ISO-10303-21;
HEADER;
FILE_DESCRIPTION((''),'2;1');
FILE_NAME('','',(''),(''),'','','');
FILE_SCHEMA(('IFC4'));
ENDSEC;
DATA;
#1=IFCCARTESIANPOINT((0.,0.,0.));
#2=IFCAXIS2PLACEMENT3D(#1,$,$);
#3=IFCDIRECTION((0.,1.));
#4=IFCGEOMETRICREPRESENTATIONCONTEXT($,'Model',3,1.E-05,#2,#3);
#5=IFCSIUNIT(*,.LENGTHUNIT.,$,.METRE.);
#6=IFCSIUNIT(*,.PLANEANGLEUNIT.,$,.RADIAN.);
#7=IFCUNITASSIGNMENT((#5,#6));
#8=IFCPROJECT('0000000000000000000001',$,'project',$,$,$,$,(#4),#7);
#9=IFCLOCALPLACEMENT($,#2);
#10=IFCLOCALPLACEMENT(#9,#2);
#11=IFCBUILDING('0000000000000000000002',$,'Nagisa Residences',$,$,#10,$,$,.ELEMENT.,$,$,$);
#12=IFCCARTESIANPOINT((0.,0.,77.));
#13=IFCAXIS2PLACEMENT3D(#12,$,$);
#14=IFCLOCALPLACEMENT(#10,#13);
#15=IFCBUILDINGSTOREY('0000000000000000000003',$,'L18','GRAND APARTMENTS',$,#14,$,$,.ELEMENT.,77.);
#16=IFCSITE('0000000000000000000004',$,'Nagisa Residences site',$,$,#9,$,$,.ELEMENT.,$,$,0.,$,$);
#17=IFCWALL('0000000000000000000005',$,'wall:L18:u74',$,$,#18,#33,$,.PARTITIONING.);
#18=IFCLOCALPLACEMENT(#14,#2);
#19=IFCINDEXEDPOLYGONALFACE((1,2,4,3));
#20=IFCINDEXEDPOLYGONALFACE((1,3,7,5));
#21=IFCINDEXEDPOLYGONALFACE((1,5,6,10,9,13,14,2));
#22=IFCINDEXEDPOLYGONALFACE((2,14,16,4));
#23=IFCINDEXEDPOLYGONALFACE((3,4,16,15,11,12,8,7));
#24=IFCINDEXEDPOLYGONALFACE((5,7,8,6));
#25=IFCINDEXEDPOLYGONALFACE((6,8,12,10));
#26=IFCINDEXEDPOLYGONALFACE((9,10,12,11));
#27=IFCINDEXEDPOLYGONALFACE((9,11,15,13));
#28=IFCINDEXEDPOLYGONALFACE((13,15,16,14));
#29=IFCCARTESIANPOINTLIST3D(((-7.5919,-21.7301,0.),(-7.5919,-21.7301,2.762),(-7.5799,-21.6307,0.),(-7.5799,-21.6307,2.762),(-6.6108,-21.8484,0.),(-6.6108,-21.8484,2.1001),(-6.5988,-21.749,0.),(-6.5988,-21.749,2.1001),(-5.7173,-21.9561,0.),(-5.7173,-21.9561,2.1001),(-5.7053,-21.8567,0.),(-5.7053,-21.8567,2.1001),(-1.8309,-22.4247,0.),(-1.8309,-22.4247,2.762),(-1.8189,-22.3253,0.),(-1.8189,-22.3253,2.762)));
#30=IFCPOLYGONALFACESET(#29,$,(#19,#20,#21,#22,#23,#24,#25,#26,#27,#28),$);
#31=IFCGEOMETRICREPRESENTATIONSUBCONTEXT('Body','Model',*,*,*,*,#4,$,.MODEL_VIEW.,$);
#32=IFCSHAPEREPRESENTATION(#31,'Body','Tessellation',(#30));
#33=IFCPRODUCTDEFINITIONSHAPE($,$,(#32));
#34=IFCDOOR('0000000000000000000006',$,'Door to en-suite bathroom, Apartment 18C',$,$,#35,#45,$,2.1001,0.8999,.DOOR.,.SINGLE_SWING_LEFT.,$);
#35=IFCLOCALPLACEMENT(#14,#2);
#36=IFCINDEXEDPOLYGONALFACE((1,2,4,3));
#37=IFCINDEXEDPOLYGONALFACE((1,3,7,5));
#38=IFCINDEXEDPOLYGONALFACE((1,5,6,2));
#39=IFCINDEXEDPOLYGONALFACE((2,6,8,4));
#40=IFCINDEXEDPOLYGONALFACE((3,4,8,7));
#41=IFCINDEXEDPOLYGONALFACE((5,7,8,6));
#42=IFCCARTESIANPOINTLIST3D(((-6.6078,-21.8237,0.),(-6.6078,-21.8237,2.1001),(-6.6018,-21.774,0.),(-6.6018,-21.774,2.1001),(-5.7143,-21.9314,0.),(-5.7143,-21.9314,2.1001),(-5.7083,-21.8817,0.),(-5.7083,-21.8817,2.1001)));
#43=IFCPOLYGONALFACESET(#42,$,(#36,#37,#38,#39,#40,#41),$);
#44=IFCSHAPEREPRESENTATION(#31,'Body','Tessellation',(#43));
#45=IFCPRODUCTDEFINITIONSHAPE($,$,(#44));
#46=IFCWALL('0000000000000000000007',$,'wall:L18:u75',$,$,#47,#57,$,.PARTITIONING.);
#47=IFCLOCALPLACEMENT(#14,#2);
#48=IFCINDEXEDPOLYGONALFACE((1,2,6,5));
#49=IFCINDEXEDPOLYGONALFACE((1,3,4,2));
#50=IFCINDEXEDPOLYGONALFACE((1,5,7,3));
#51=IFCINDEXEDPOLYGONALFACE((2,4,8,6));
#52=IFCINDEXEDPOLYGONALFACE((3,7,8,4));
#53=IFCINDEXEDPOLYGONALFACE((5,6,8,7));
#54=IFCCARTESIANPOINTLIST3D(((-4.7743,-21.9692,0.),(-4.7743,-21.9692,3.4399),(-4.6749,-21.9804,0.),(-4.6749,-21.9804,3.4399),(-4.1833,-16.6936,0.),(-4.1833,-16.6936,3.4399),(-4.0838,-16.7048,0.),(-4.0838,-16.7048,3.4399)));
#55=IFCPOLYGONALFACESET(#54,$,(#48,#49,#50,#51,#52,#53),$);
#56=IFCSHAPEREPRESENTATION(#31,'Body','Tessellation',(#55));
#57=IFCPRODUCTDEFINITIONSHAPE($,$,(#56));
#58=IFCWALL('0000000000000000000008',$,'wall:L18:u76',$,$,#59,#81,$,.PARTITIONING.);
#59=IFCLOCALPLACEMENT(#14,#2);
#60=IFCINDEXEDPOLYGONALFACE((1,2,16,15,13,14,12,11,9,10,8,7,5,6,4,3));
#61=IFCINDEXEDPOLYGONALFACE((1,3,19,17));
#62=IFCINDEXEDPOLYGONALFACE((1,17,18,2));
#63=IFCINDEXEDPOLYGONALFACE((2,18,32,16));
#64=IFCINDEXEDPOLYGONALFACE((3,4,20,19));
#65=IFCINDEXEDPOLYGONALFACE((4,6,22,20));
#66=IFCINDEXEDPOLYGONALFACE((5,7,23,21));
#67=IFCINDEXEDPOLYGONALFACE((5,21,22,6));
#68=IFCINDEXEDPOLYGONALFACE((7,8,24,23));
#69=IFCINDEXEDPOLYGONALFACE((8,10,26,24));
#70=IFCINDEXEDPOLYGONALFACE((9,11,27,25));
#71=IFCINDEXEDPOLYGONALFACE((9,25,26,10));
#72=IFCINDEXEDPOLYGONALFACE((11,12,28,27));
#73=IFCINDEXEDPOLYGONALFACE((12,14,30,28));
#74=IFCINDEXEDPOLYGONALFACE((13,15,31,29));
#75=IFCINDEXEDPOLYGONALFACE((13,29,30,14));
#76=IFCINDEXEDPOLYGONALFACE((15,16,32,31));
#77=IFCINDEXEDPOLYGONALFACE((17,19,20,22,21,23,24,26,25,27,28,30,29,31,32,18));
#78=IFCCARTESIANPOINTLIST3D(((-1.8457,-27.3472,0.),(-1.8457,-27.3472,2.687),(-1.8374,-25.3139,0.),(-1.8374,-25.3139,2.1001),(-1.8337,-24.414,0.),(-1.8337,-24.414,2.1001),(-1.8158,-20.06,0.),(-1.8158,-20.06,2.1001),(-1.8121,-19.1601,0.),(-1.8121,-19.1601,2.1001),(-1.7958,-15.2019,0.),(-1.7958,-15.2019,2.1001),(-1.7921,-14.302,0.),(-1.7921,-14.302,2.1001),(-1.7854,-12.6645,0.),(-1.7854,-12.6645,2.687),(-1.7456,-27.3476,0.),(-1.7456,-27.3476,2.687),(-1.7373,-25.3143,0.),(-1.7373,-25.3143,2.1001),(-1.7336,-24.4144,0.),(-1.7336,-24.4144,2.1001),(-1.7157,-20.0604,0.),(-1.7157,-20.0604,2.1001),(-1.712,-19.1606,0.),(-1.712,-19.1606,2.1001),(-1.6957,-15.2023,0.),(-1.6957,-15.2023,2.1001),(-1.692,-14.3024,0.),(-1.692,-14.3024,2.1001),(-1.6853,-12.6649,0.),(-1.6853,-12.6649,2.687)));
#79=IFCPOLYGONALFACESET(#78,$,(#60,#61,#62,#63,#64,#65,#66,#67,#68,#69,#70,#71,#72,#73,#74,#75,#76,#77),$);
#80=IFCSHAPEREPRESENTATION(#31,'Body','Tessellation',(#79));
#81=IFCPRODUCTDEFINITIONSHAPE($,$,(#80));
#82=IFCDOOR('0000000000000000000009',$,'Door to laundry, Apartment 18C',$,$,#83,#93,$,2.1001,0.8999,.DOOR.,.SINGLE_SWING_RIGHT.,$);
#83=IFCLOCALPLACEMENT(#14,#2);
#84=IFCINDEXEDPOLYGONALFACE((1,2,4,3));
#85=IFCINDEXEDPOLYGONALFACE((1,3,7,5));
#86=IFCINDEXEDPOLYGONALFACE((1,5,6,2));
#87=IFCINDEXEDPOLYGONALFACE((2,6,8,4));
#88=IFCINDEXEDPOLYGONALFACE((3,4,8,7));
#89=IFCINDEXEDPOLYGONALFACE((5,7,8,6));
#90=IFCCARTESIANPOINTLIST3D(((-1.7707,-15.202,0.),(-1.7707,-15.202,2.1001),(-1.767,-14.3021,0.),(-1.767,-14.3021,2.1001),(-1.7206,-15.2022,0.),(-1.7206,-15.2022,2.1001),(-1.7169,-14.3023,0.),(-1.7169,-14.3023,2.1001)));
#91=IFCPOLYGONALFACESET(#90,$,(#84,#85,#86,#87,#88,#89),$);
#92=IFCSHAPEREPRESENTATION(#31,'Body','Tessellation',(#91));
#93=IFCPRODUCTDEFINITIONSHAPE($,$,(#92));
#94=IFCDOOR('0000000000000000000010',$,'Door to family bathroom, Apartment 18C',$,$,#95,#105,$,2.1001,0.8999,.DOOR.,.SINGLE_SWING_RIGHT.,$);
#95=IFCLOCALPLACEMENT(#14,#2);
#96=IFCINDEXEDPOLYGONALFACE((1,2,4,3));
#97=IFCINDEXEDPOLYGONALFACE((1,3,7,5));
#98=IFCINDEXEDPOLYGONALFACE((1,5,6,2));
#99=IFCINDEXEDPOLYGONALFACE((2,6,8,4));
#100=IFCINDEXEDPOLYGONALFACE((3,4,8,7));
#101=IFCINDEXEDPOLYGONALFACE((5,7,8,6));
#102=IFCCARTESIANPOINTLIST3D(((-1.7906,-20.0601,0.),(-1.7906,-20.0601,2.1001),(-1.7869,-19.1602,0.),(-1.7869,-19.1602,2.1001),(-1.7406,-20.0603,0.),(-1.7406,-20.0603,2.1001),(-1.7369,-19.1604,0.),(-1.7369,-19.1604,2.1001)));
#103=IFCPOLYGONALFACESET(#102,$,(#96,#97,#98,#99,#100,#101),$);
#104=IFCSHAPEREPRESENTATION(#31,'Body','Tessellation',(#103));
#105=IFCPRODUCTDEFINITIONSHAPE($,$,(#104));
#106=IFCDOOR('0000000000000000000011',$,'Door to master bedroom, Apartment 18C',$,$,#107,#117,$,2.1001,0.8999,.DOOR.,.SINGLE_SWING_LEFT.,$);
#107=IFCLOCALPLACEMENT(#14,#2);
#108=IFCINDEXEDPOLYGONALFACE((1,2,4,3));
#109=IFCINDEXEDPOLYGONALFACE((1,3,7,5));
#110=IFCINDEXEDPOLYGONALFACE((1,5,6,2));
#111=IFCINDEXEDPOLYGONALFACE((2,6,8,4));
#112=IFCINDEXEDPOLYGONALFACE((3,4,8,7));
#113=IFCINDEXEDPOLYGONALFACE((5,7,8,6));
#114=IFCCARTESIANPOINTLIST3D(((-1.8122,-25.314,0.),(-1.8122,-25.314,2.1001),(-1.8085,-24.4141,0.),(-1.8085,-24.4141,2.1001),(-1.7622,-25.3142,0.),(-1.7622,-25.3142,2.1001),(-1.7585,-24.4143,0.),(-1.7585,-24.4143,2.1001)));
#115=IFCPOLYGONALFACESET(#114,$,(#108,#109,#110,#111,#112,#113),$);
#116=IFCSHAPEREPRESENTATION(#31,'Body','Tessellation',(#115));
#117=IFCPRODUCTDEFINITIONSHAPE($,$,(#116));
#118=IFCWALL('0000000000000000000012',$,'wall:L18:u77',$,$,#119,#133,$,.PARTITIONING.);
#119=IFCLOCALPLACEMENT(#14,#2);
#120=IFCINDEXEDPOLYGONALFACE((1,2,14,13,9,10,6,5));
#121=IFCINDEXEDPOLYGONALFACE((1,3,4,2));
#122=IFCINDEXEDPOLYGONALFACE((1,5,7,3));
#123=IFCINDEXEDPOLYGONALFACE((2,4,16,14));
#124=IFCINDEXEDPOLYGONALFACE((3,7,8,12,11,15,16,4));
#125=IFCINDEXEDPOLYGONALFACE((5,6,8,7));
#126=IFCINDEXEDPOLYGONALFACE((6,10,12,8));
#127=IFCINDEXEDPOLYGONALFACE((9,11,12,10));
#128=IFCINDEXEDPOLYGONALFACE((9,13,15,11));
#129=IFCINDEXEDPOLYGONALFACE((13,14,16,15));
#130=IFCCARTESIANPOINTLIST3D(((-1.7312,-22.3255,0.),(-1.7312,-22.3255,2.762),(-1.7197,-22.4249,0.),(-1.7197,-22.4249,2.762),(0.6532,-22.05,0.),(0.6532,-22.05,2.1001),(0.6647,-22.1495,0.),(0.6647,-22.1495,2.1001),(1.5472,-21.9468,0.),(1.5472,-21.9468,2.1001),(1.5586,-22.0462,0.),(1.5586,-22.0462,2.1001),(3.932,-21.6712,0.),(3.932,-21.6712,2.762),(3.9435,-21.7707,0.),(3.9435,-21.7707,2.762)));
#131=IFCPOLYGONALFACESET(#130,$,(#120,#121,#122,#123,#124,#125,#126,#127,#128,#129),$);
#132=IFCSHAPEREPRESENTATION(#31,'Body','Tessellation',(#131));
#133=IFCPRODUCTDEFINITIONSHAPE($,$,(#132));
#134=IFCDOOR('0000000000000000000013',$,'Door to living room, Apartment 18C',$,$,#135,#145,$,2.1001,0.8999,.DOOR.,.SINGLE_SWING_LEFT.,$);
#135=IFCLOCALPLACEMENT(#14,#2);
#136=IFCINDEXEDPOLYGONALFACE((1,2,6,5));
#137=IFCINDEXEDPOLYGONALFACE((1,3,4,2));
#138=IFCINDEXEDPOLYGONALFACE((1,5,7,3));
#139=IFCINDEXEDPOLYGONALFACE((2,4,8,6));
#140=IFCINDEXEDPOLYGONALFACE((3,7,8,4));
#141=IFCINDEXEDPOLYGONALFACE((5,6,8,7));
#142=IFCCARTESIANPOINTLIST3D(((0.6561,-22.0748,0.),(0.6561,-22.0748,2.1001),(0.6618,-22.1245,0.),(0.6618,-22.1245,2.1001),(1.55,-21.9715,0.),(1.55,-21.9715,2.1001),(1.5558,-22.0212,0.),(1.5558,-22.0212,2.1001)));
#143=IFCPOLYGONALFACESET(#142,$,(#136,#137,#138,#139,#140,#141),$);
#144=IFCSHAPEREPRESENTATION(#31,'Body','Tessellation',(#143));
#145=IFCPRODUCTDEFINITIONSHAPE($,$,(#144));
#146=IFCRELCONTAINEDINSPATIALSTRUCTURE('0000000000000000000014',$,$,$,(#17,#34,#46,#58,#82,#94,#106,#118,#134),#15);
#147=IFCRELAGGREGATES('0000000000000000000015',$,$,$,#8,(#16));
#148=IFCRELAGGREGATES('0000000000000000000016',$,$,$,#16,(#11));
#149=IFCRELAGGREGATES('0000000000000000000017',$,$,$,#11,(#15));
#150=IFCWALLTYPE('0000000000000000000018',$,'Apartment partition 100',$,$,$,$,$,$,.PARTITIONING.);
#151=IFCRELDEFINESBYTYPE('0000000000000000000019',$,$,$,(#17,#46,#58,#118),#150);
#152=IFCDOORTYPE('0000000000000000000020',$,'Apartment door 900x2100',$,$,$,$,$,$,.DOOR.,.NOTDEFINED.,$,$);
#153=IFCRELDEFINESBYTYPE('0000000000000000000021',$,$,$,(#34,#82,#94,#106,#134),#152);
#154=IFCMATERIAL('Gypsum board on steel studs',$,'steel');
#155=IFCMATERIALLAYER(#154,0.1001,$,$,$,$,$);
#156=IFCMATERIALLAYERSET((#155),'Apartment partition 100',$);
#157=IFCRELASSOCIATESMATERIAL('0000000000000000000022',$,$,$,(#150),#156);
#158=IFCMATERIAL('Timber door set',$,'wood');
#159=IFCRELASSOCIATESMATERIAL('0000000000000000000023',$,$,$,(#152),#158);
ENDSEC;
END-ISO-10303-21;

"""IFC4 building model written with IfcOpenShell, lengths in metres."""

from ifc_helpers import new_model, si_unit, direction, frame, frame_2d, origin, place, context, subcontext, project, spatial, rectangle, extrude, material, layer, layer_set, type_object, element, fill, save


model = new_model("IFC4")

# Units and contexts
model_context = context("Model", 3, precision=1e-05, world=origin(), true_north=direction((0.0, 1.0)))
body_context = subcontext(model_context, "Body", "Model", "MODEL_VIEW")
ifc_project = project(units=[si_unit("LENGTHUNIT", "METRE"), si_unit("PLANEANGLEUNIT", "RADIAN")], contexts=[model_context])

# Site, building, storey
site_placement = place(None, origin())
site = spatial("IfcSite", under=ifc_project, at=site_placement, Name="Nagisa Residences site", CompositionType="ELEMENT", RefElevation=0.0)
building_placement = place(site_placement, origin())
building = spatial("IfcBuilding", under=site, at=building_placement, Name="Nagisa Residences", CompositionType="ELEMENT")
storey_placement = place(building_placement, frame((0.0, 0.0, 77.0)))
storey = spatial("IfcBuildingStorey", under=building, at=storey_placement, Name="L18", Description="GRAND APARTMENTS", CompositionType="ELEMENT", Elevation=77.0)

# Shared definitions
ifc_material_1 = material(Name="Gypsum board on steel studs", Category="steel")
ifc_layer_1 = layer(ifc_material_1, 0.1001)
ifc_layer_set_1 = layer_set([ifc_layer_1], Name="Apartment partition 100")
wall_type_1 = type_object("IfcWallType", Name="Apartment partition 100", PredefinedType="PARTITIONING", material=ifc_layer_set_1)
ifc_material_2 = material(Name="Timber door set", Category="wood")
door_type_1 = type_object("IfcDoorType", Name="Apartment door 900x2100", OperationType="NOTDEFINED", PredefinedType="DOOR", material=ifc_material_2)

# Wall, opening, door
wall_1_placement = place(storey_placement, frame((-7.5859, -21.6804, 0.0), z_axis=(0.0, 0.0, 1.0), x_axis=(0.99281, -0.119699, 0.0)))
wall_1 = element("IfcWall", 1, at=wall_1_placement, inside=storey, type_object=wall_type_1, Name="wall:L18:u74", PredefinedType="PARTITIONING", context=body_context, shape_type="SweptSolid", body=[
    extrude(rectangle(XDim=5.8027, YDim=0.1001, at=frame_2d((2.9014, 0.0))), origin(), (0.0, 0.0, 1.0), 2.762),
])
opening_1_placement = place(wall_1_placement, frame((0.9883, 0.0, 0.0)))
opening_1 = element("IfcOpeningElement", 2, at=opening_1_placement, cuts=wall_1, PredefinedType="OPENING", context=body_context, shape_type="SweptSolid", body=[
    extrude(rectangle(XDim=0.8999, YDim=2.1001, at=frame_2d((0.45, 1.05))), frame((0.0, 0.0601, 0.0), z_axis=(0.0, -1.0, 0.0), x_axis=(1.0, 0.0, 0.0)), (0.0, 0.0, 1.0), 0.1201),
])
door_1_placement = place(opening_1_placement, origin())
door_1 = element("IfcDoor", 3, at=door_1_placement, inside=storey, type_object=door_type_1, Name="Door to en-suite bathroom, Apartment 18C", OperationType="SINGLE_SWING_LEFT", OverallHeight=2.1001, OverallWidth=0.8999, PredefinedType="DOOR", context=body_context, shape_type="SweptSolid", body=[
    extrude(rectangle(XDim=0.8999, YDim=2.1001, at=frame_2d((0.45, 1.05))), frame((0.0, 0.0249, 0.0), z_axis=(0.0, -1.0, 0.0), x_axis=(1.0, 0.0, 0.0)), (0.0, 0.0, 1.0), 0.05),
])
fill(opening_1, door_1)

# Wall
wall_2_placement = place(storey_placement, frame((-4.1335, -16.6992, 0.0), z_axis=(0.0, 0.0, 1.0), x_axis=(-0.11134, -0.993782, 0.0)))
element("IfcWall", 4, at=wall_2_placement, inside=storey, type_object=wall_type_1, Name="wall:L18:u75", PredefinedType="PARTITIONING", context=body_context, shape_type="SweptSolid", body=[
    extrude(rectangle(XDim=5.3086, YDim=0.1001, at=frame_2d((2.6543, 0.0))), origin(), (0.0, 0.0, 1.0), 3.4399),
])

# Wall, openings, doors
wall_3_placement = place(storey_placement, frame((-1.7354, -12.6648, 0.0), z_axis=(0.0, 0.0, 1.0), x_axis=(-0.004107, -0.999992, 0.0)))
wall_3 = element("IfcWall", 5, at=wall_3_placement, inside=storey, type_object=wall_type_1, Name="wall:L18:u76", PredefinedType="PARTITIONING", context=body_context, shape_type="SweptSolid", body=[
    extrude(rectangle(XDim=14.6829, YDim=0.1001, at=frame_2d((7.3413, 0.0))), origin(), (0.0, 0.0, 1.0), 2.687),
])
opening_2_placement = place(wall_3_placement, frame((1.6375, 0.0, 0.0)))
opening_2 = element("IfcOpeningElement", 6, at=opening_2_placement, cuts=wall_3, PredefinedType="OPENING", context=body_context, shape_type="SweptSolid", body=[
    extrude(rectangle(XDim=0.8999, YDim=2.1001, at=frame_2d((0.45, 1.05))), frame((0.0, 0.0601, 0.0), z_axis=(0.0, -1.0, 0.0), x_axis=(1.0, 0.0, 0.0)), (0.0, 0.0, 1.0), 0.1201),
])
opening_3_placement = place(wall_3_placement, frame((6.4956, 0.0, 0.0)))
opening_3 = element("IfcOpeningElement", 7, at=opening_3_placement, cuts=wall_3, PredefinedType="OPENING", context=body_context, shape_type="SweptSolid", body=[
    extrude(rectangle(XDim=0.8999, YDim=2.1001, at=frame_2d((0.45, 1.05))), frame((0.0, 0.0601, 0.0), z_axis=(0.0, -1.0, 0.0), x_axis=(1.0, 0.0, 0.0)), (0.0, 0.0, 1.0), 0.1201),
])
opening_4_placement = place(wall_3_placement, frame((11.7495, 0.0, 0.0)))
opening_4 = element("IfcOpeningElement", 8, at=opening_4_placement, cuts=wall_3, PredefinedType="OPENING", context=body_context, shape_type="SweptSolid", body=[
    extrude(rectangle(XDim=0.8999, YDim=2.1001, at=frame_2d((0.45, 1.05))), frame((0.0, 0.0601, 0.0), z_axis=(0.0, -1.0, 0.0), x_axis=(1.0, 0.0, 0.0)), (0.0, 0.0, 1.0), 0.1201),
])
door_2_placement = place(opening_2_placement, frame((0.8999, 0.0, 0.0), x_axis=(-1.0, 0.0, 0.0)))
door_2 = element("IfcDoor", 9, at=door_2_placement, inside=storey, type_object=door_type_1, Name="Door to laundry, Apartment 18C", OperationType="SINGLE_SWING_RIGHT", OverallHeight=2.1001, OverallWidth=0.8999, PredefinedType="DOOR", context=body_context, shape_type="SweptSolid", body=[
    extrude(rectangle(XDim=0.8999, YDim=2.1001, at=frame_2d((0.45, 1.05))), frame((0.0, 0.0249, 0.0), z_axis=(0.0, -1.0, 0.0), x_axis=(1.0, 0.0, 0.0)), (0.0, 0.0, 1.0), 0.05),
])
fill(opening_2, door_2)
door_3_placement = place(opening_3_placement, frame((0.8999, 0.0, 0.0), x_axis=(-1.0, 0.0, 0.0)))
door_3 = element("IfcDoor", 10, at=door_3_placement, inside=storey, type_object=door_type_1, Name="Door to family bathroom, Apartment 18C", OperationType="SINGLE_SWING_RIGHT", OverallHeight=2.1001, OverallWidth=0.8999, PredefinedType="DOOR", context=body_context, shape_type="SweptSolid", body=[
    extrude(rectangle(XDim=0.8999, YDim=2.1001, at=frame_2d((0.45, 1.05))), frame((0.0, 0.0249, 0.0), z_axis=(0.0, -1.0, 0.0), x_axis=(1.0, 0.0, 0.0)), (0.0, 0.0, 1.0), 0.05),
])
fill(opening_3, door_3)
door_4_placement = place(opening_4_placement, frame((0.8999, 0.0, 0.0), x_axis=(-1.0, 0.0, 0.0)))
door_4 = element("IfcDoor", 11, at=door_4_placement, inside=storey, type_object=door_type_1, Name="Door to master bedroom, Apartment 18C", OperationType="SINGLE_SWING_LEFT", OverallHeight=2.1001, OverallWidth=0.8999, PredefinedType="DOOR", context=body_context, shape_type="SweptSolid", body=[
    extrude(rectangle(XDim=0.8999, YDim=2.1001, at=frame_2d((0.45, 1.05))), frame((0.0, 0.0249, 0.0), z_axis=(0.0, -1.0, 0.0), x_axis=(1.0, 0.0, 0.0)), (0.0, 0.0, 1.0), 0.05),
])
fill(opening_4, door_4)

# Wall, opening, door
wall_4_placement = place(storey_placement, frame((-1.7256, -22.3752, 0.0), z_axis=(0.0, 0.0, 1.0), x_axis=(0.993392, 0.114769, 0.0)))
wall_4 = element("IfcWall", 12, at=wall_4_placement, inside=storey, type_object=wall_type_1, Name="wall:L18:u77", PredefinedType="PARTITIONING", context=body_context, shape_type="SweptSolid", body=[
    extrude(rectangle(XDim=5.7009, YDim=0.1001, at=frame_2d((2.8506, 0.0))), origin(), (0.0, 0.0, 1.0), 2.762),
])
opening_5_placement = place(wall_4_placement, frame((2.4004, 0.0, 0.0)))
opening_5 = element("IfcOpeningElement", 13, at=opening_5_placement, cuts=wall_4, PredefinedType="OPENING", context=body_context, shape_type="SweptSolid", body=[
    extrude(rectangle(XDim=0.8999, YDim=2.1001, at=frame_2d((0.45, 1.05))), frame((0.0, 0.0601, 0.0), z_axis=(0.0, -1.0, 0.0), x_axis=(1.0, 0.0, 0.0)), (0.0, 0.0, 1.0), 0.1201),
])
door_5_placement = place(opening_5_placement, frame((0.8999, 0.0, 0.0), x_axis=(-1.0, 0.0, 0.0)))
door_5 = element("IfcDoor", 14, at=door_5_placement, inside=storey, type_object=door_type_1, Name="Door to living room, Apartment 18C", OperationType="SINGLE_SWING_LEFT", OverallHeight=2.1001, OverallWidth=0.8999, PredefinedType="DOOR", context=body_context, shape_type="SweptSolid", body=[
    extrude(rectangle(XDim=0.8999, YDim=2.1001, at=frame_2d((0.45, 1.05))), frame((0.0, 0.0249, 0.0), z_axis=(0.0, -1.0, 0.0), x_axis=(1.0, 0.0, 0.0)), (0.0, 0.0, 1.0), 0.05),
])
fill(opening_5, door_5)

save(model, "model.ifc")
